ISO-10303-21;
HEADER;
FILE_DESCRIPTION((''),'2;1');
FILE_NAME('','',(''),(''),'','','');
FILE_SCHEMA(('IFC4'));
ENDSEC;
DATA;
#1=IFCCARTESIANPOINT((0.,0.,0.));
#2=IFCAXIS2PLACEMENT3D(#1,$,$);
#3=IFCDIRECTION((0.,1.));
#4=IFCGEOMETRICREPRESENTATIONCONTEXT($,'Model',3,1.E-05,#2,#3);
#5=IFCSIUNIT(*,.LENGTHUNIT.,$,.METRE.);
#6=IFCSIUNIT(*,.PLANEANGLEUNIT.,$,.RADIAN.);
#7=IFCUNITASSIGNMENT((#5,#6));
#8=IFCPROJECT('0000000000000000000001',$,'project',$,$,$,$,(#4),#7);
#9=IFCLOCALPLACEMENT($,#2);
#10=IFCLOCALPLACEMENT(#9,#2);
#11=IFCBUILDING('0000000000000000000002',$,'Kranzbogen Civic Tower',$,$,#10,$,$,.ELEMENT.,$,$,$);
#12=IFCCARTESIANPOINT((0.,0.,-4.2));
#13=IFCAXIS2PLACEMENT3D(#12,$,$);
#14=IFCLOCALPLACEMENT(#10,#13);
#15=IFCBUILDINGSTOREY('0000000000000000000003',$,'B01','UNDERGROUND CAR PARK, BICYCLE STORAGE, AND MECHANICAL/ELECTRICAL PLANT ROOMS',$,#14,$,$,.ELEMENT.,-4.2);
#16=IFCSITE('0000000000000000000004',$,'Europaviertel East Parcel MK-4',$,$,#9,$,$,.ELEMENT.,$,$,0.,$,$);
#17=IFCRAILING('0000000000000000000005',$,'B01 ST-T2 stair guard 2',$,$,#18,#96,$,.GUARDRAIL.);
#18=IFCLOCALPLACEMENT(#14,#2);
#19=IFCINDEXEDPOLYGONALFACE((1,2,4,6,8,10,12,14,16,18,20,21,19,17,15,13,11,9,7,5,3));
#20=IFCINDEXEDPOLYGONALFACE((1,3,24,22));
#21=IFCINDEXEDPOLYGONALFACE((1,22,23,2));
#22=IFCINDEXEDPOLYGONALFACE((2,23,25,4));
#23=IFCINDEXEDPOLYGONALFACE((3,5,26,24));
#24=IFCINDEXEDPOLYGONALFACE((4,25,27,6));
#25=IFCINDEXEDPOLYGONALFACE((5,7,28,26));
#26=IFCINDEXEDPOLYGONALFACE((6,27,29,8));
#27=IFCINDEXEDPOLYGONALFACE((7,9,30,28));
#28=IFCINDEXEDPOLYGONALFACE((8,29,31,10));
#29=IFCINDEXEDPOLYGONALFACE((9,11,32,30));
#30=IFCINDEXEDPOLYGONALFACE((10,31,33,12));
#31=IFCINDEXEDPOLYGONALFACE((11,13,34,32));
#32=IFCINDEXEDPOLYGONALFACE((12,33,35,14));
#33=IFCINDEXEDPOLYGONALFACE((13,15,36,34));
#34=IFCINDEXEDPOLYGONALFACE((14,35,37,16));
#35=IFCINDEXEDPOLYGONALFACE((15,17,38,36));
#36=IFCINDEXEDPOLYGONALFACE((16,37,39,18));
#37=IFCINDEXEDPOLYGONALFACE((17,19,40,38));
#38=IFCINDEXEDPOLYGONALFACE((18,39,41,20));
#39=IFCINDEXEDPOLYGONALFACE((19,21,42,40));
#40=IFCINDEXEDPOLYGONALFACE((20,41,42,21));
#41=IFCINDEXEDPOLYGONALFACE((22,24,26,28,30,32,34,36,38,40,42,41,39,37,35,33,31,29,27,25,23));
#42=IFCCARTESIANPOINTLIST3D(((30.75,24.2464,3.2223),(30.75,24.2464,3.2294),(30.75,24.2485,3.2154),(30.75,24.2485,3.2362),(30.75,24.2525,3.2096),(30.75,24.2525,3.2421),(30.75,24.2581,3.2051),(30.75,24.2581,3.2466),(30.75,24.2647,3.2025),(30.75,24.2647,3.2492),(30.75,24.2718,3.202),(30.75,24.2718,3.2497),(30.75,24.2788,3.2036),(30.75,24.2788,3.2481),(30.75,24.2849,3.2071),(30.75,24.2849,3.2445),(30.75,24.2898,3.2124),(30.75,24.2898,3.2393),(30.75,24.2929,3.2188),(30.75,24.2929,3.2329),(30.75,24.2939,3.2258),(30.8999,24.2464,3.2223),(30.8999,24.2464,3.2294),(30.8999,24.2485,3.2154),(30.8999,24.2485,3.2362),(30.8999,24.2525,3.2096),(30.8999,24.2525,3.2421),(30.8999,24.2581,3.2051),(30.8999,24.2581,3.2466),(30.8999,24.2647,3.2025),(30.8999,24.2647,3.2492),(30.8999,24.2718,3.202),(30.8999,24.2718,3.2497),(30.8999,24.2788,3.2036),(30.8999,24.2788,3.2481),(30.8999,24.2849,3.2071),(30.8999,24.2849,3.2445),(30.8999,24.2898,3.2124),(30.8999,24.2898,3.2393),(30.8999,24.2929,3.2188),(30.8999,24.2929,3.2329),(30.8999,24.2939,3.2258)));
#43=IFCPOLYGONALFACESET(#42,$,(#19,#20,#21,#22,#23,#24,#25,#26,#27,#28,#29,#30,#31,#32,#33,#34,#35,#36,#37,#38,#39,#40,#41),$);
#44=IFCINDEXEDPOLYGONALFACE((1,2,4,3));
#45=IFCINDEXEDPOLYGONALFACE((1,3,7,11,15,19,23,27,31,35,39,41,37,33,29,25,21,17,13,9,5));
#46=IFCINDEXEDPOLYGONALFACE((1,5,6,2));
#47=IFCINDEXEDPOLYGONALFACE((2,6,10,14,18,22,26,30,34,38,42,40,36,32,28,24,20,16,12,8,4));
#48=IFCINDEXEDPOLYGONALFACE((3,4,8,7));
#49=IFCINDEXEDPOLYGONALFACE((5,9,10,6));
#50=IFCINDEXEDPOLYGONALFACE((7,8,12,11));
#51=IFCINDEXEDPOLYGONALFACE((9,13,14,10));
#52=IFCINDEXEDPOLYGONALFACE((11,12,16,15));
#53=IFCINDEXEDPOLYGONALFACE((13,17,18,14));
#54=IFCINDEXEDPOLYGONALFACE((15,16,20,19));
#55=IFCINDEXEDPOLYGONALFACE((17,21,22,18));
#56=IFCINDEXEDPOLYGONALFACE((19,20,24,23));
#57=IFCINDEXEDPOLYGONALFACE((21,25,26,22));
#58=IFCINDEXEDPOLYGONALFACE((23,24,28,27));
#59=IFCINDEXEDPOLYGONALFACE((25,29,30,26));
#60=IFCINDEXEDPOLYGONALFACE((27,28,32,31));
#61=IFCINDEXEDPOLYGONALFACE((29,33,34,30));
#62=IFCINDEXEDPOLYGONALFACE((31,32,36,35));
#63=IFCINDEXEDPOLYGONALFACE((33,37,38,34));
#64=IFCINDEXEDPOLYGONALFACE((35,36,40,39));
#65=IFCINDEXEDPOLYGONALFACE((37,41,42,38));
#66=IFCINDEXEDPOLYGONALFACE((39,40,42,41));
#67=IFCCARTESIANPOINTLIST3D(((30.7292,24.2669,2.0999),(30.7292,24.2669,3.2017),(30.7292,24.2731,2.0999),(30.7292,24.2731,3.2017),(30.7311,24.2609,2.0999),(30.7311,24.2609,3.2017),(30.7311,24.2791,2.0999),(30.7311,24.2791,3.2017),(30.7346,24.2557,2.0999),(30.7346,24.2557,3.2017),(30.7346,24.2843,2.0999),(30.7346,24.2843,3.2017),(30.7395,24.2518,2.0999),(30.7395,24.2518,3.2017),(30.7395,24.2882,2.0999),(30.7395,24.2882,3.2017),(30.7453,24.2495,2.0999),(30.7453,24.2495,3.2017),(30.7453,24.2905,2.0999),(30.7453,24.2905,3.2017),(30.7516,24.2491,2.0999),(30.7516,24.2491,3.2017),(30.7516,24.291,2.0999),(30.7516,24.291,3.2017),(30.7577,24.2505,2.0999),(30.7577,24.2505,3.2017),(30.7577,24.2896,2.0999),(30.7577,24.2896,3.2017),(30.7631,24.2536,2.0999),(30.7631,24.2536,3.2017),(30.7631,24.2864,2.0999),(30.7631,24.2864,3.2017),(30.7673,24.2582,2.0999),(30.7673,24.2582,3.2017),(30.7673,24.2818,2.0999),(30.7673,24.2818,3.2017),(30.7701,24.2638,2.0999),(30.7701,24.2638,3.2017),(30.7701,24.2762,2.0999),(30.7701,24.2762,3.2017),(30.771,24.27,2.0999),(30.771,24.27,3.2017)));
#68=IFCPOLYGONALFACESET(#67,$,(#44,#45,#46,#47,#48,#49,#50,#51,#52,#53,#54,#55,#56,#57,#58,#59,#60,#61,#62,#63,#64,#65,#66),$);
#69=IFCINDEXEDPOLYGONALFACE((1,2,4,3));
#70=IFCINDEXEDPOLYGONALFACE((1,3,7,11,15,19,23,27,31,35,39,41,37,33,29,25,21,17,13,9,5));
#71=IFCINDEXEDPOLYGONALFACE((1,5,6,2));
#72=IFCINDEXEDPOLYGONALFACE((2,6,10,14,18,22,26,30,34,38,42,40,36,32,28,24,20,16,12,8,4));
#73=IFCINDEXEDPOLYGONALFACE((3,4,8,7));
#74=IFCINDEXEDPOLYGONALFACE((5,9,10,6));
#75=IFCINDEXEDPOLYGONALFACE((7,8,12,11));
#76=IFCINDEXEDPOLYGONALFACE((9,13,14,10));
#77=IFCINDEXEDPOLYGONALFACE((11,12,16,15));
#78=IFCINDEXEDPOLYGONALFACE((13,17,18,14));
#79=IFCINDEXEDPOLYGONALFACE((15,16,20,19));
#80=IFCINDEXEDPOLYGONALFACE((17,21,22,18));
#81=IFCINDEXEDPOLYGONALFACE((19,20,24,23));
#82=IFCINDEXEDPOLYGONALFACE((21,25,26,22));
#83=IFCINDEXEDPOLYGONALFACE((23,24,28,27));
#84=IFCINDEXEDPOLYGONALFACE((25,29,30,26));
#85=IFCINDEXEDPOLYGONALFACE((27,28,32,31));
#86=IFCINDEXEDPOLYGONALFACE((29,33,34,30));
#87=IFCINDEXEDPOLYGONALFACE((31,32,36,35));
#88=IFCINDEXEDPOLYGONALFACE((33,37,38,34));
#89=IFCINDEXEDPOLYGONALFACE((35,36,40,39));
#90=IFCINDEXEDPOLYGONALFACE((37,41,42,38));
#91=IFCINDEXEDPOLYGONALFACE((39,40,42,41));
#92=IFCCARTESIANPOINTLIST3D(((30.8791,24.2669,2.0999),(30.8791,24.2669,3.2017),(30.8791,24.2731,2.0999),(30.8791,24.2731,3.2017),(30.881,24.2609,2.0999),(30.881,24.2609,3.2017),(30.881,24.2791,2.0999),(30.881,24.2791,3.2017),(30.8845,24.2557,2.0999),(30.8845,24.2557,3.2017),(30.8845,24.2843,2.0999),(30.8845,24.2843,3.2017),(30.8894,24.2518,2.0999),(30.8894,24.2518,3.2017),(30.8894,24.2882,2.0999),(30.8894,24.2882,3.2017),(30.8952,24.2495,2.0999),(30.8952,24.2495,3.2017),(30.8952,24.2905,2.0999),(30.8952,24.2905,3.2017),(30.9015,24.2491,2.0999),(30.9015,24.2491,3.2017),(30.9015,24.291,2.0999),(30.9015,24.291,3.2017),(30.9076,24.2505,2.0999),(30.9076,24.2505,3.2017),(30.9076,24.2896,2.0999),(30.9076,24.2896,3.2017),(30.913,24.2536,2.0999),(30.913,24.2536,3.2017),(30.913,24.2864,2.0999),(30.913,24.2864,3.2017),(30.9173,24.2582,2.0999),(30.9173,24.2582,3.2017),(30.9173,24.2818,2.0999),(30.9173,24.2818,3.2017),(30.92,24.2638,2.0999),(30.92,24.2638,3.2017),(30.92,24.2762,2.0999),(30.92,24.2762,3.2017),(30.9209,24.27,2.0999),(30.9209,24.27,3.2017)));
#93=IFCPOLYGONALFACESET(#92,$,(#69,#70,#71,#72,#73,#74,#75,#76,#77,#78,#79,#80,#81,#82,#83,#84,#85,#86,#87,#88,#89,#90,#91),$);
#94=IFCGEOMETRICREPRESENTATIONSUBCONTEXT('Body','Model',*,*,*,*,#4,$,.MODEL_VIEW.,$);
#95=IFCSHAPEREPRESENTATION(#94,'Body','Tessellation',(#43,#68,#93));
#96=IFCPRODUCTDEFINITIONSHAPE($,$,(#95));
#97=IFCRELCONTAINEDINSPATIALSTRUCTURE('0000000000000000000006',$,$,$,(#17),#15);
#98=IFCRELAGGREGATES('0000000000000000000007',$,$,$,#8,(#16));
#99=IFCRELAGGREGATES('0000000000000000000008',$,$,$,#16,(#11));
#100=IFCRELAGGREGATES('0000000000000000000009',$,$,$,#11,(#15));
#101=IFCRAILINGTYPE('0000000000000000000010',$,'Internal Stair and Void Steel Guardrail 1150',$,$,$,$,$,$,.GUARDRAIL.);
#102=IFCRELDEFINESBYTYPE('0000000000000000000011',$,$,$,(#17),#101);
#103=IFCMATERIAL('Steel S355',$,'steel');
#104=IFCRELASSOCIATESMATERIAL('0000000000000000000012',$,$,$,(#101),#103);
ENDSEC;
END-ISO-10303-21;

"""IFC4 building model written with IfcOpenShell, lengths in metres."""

from ifc_helpers import new_model, si_unit, direction, frame, origin, origin_2d, place, context, subcontext, project, spatial, circle, extrude, material, type_object, element, save


model = new_model("IFC4")

# Units and contexts
model_context = context("Model", 3, precision=1e-05, world=origin(), true_north=direction((0.0, 1.0)))
body_context = subcontext(model_context, "Body", "Model", "MODEL_VIEW")
ifc_project = project(units=[si_unit("LENGTHUNIT", "METRE"), si_unit("PLANEANGLEUNIT", "RADIAN")], contexts=[model_context])

# Site, building, storey
site_placement = place(None, origin())
site = spatial("IfcSite", under=ifc_project, at=site_placement, Name="Europaviertel East Parcel MK-4", CompositionType="ELEMENT", RefElevation=0.0)
building_placement = place(site_placement, origin())
building = spatial("IfcBuilding", under=site, at=building_placement, Name="Kranzbogen Civic Tower", CompositionType="ELEMENT")
storey_placement = place(building_placement, frame((0.0, 0.0, -4.2)))
storey = spatial("IfcBuildingStorey", under=building, at=storey_placement, Name="B01", Description="UNDERGROUND CAR PARK, BICYCLE STORAGE, AND MECHANICAL/ELECTRICAL PLANT ROOMS", CompositionType="ELEMENT", Elevation=-4.2)

# Shared definitions
ifc_material_1 = material(Name="Steel S355", Category="steel")

# Railing
railing_type_1 = type_object("IfcRailingType", Name="Internal Stair and Void Steel Guardrail 1150", PredefinedType="GUARDRAIL", material=ifc_material_1)
railing_1_placement = place(storey_placement, frame((30.75, 24.27, 2.0999)))
element("IfcRailing", 1, at=railing_1_placement, inside=storey, type_object=railing_type_1, Name="B01 ST-T2 stair guard 2", PredefinedType="GUARDRAIL", context=body_context, shape_type="SweptSolid", body=[
    extrude(circle(Radius=0.0239, at=origin_2d()), frame((0.0, 0.0, 1.126), z_axis=(1.0, 0.0, 0.0), x_axis=(0.0, 1.0, 0.0)), (0.0, 0.0, 1.0), 0.1499),
    extrude(circle(Radius=0.021, at=origin_2d()), origin(), (0.0, 0.0, 1.0), 1.1018),
    extrude(circle(Radius=0.021, at=origin_2d()), frame((0.1499, 0.0, 0.0)), (0.0, 0.0, 1.0), 1.1018),
])

save(model, "model.ifc")
